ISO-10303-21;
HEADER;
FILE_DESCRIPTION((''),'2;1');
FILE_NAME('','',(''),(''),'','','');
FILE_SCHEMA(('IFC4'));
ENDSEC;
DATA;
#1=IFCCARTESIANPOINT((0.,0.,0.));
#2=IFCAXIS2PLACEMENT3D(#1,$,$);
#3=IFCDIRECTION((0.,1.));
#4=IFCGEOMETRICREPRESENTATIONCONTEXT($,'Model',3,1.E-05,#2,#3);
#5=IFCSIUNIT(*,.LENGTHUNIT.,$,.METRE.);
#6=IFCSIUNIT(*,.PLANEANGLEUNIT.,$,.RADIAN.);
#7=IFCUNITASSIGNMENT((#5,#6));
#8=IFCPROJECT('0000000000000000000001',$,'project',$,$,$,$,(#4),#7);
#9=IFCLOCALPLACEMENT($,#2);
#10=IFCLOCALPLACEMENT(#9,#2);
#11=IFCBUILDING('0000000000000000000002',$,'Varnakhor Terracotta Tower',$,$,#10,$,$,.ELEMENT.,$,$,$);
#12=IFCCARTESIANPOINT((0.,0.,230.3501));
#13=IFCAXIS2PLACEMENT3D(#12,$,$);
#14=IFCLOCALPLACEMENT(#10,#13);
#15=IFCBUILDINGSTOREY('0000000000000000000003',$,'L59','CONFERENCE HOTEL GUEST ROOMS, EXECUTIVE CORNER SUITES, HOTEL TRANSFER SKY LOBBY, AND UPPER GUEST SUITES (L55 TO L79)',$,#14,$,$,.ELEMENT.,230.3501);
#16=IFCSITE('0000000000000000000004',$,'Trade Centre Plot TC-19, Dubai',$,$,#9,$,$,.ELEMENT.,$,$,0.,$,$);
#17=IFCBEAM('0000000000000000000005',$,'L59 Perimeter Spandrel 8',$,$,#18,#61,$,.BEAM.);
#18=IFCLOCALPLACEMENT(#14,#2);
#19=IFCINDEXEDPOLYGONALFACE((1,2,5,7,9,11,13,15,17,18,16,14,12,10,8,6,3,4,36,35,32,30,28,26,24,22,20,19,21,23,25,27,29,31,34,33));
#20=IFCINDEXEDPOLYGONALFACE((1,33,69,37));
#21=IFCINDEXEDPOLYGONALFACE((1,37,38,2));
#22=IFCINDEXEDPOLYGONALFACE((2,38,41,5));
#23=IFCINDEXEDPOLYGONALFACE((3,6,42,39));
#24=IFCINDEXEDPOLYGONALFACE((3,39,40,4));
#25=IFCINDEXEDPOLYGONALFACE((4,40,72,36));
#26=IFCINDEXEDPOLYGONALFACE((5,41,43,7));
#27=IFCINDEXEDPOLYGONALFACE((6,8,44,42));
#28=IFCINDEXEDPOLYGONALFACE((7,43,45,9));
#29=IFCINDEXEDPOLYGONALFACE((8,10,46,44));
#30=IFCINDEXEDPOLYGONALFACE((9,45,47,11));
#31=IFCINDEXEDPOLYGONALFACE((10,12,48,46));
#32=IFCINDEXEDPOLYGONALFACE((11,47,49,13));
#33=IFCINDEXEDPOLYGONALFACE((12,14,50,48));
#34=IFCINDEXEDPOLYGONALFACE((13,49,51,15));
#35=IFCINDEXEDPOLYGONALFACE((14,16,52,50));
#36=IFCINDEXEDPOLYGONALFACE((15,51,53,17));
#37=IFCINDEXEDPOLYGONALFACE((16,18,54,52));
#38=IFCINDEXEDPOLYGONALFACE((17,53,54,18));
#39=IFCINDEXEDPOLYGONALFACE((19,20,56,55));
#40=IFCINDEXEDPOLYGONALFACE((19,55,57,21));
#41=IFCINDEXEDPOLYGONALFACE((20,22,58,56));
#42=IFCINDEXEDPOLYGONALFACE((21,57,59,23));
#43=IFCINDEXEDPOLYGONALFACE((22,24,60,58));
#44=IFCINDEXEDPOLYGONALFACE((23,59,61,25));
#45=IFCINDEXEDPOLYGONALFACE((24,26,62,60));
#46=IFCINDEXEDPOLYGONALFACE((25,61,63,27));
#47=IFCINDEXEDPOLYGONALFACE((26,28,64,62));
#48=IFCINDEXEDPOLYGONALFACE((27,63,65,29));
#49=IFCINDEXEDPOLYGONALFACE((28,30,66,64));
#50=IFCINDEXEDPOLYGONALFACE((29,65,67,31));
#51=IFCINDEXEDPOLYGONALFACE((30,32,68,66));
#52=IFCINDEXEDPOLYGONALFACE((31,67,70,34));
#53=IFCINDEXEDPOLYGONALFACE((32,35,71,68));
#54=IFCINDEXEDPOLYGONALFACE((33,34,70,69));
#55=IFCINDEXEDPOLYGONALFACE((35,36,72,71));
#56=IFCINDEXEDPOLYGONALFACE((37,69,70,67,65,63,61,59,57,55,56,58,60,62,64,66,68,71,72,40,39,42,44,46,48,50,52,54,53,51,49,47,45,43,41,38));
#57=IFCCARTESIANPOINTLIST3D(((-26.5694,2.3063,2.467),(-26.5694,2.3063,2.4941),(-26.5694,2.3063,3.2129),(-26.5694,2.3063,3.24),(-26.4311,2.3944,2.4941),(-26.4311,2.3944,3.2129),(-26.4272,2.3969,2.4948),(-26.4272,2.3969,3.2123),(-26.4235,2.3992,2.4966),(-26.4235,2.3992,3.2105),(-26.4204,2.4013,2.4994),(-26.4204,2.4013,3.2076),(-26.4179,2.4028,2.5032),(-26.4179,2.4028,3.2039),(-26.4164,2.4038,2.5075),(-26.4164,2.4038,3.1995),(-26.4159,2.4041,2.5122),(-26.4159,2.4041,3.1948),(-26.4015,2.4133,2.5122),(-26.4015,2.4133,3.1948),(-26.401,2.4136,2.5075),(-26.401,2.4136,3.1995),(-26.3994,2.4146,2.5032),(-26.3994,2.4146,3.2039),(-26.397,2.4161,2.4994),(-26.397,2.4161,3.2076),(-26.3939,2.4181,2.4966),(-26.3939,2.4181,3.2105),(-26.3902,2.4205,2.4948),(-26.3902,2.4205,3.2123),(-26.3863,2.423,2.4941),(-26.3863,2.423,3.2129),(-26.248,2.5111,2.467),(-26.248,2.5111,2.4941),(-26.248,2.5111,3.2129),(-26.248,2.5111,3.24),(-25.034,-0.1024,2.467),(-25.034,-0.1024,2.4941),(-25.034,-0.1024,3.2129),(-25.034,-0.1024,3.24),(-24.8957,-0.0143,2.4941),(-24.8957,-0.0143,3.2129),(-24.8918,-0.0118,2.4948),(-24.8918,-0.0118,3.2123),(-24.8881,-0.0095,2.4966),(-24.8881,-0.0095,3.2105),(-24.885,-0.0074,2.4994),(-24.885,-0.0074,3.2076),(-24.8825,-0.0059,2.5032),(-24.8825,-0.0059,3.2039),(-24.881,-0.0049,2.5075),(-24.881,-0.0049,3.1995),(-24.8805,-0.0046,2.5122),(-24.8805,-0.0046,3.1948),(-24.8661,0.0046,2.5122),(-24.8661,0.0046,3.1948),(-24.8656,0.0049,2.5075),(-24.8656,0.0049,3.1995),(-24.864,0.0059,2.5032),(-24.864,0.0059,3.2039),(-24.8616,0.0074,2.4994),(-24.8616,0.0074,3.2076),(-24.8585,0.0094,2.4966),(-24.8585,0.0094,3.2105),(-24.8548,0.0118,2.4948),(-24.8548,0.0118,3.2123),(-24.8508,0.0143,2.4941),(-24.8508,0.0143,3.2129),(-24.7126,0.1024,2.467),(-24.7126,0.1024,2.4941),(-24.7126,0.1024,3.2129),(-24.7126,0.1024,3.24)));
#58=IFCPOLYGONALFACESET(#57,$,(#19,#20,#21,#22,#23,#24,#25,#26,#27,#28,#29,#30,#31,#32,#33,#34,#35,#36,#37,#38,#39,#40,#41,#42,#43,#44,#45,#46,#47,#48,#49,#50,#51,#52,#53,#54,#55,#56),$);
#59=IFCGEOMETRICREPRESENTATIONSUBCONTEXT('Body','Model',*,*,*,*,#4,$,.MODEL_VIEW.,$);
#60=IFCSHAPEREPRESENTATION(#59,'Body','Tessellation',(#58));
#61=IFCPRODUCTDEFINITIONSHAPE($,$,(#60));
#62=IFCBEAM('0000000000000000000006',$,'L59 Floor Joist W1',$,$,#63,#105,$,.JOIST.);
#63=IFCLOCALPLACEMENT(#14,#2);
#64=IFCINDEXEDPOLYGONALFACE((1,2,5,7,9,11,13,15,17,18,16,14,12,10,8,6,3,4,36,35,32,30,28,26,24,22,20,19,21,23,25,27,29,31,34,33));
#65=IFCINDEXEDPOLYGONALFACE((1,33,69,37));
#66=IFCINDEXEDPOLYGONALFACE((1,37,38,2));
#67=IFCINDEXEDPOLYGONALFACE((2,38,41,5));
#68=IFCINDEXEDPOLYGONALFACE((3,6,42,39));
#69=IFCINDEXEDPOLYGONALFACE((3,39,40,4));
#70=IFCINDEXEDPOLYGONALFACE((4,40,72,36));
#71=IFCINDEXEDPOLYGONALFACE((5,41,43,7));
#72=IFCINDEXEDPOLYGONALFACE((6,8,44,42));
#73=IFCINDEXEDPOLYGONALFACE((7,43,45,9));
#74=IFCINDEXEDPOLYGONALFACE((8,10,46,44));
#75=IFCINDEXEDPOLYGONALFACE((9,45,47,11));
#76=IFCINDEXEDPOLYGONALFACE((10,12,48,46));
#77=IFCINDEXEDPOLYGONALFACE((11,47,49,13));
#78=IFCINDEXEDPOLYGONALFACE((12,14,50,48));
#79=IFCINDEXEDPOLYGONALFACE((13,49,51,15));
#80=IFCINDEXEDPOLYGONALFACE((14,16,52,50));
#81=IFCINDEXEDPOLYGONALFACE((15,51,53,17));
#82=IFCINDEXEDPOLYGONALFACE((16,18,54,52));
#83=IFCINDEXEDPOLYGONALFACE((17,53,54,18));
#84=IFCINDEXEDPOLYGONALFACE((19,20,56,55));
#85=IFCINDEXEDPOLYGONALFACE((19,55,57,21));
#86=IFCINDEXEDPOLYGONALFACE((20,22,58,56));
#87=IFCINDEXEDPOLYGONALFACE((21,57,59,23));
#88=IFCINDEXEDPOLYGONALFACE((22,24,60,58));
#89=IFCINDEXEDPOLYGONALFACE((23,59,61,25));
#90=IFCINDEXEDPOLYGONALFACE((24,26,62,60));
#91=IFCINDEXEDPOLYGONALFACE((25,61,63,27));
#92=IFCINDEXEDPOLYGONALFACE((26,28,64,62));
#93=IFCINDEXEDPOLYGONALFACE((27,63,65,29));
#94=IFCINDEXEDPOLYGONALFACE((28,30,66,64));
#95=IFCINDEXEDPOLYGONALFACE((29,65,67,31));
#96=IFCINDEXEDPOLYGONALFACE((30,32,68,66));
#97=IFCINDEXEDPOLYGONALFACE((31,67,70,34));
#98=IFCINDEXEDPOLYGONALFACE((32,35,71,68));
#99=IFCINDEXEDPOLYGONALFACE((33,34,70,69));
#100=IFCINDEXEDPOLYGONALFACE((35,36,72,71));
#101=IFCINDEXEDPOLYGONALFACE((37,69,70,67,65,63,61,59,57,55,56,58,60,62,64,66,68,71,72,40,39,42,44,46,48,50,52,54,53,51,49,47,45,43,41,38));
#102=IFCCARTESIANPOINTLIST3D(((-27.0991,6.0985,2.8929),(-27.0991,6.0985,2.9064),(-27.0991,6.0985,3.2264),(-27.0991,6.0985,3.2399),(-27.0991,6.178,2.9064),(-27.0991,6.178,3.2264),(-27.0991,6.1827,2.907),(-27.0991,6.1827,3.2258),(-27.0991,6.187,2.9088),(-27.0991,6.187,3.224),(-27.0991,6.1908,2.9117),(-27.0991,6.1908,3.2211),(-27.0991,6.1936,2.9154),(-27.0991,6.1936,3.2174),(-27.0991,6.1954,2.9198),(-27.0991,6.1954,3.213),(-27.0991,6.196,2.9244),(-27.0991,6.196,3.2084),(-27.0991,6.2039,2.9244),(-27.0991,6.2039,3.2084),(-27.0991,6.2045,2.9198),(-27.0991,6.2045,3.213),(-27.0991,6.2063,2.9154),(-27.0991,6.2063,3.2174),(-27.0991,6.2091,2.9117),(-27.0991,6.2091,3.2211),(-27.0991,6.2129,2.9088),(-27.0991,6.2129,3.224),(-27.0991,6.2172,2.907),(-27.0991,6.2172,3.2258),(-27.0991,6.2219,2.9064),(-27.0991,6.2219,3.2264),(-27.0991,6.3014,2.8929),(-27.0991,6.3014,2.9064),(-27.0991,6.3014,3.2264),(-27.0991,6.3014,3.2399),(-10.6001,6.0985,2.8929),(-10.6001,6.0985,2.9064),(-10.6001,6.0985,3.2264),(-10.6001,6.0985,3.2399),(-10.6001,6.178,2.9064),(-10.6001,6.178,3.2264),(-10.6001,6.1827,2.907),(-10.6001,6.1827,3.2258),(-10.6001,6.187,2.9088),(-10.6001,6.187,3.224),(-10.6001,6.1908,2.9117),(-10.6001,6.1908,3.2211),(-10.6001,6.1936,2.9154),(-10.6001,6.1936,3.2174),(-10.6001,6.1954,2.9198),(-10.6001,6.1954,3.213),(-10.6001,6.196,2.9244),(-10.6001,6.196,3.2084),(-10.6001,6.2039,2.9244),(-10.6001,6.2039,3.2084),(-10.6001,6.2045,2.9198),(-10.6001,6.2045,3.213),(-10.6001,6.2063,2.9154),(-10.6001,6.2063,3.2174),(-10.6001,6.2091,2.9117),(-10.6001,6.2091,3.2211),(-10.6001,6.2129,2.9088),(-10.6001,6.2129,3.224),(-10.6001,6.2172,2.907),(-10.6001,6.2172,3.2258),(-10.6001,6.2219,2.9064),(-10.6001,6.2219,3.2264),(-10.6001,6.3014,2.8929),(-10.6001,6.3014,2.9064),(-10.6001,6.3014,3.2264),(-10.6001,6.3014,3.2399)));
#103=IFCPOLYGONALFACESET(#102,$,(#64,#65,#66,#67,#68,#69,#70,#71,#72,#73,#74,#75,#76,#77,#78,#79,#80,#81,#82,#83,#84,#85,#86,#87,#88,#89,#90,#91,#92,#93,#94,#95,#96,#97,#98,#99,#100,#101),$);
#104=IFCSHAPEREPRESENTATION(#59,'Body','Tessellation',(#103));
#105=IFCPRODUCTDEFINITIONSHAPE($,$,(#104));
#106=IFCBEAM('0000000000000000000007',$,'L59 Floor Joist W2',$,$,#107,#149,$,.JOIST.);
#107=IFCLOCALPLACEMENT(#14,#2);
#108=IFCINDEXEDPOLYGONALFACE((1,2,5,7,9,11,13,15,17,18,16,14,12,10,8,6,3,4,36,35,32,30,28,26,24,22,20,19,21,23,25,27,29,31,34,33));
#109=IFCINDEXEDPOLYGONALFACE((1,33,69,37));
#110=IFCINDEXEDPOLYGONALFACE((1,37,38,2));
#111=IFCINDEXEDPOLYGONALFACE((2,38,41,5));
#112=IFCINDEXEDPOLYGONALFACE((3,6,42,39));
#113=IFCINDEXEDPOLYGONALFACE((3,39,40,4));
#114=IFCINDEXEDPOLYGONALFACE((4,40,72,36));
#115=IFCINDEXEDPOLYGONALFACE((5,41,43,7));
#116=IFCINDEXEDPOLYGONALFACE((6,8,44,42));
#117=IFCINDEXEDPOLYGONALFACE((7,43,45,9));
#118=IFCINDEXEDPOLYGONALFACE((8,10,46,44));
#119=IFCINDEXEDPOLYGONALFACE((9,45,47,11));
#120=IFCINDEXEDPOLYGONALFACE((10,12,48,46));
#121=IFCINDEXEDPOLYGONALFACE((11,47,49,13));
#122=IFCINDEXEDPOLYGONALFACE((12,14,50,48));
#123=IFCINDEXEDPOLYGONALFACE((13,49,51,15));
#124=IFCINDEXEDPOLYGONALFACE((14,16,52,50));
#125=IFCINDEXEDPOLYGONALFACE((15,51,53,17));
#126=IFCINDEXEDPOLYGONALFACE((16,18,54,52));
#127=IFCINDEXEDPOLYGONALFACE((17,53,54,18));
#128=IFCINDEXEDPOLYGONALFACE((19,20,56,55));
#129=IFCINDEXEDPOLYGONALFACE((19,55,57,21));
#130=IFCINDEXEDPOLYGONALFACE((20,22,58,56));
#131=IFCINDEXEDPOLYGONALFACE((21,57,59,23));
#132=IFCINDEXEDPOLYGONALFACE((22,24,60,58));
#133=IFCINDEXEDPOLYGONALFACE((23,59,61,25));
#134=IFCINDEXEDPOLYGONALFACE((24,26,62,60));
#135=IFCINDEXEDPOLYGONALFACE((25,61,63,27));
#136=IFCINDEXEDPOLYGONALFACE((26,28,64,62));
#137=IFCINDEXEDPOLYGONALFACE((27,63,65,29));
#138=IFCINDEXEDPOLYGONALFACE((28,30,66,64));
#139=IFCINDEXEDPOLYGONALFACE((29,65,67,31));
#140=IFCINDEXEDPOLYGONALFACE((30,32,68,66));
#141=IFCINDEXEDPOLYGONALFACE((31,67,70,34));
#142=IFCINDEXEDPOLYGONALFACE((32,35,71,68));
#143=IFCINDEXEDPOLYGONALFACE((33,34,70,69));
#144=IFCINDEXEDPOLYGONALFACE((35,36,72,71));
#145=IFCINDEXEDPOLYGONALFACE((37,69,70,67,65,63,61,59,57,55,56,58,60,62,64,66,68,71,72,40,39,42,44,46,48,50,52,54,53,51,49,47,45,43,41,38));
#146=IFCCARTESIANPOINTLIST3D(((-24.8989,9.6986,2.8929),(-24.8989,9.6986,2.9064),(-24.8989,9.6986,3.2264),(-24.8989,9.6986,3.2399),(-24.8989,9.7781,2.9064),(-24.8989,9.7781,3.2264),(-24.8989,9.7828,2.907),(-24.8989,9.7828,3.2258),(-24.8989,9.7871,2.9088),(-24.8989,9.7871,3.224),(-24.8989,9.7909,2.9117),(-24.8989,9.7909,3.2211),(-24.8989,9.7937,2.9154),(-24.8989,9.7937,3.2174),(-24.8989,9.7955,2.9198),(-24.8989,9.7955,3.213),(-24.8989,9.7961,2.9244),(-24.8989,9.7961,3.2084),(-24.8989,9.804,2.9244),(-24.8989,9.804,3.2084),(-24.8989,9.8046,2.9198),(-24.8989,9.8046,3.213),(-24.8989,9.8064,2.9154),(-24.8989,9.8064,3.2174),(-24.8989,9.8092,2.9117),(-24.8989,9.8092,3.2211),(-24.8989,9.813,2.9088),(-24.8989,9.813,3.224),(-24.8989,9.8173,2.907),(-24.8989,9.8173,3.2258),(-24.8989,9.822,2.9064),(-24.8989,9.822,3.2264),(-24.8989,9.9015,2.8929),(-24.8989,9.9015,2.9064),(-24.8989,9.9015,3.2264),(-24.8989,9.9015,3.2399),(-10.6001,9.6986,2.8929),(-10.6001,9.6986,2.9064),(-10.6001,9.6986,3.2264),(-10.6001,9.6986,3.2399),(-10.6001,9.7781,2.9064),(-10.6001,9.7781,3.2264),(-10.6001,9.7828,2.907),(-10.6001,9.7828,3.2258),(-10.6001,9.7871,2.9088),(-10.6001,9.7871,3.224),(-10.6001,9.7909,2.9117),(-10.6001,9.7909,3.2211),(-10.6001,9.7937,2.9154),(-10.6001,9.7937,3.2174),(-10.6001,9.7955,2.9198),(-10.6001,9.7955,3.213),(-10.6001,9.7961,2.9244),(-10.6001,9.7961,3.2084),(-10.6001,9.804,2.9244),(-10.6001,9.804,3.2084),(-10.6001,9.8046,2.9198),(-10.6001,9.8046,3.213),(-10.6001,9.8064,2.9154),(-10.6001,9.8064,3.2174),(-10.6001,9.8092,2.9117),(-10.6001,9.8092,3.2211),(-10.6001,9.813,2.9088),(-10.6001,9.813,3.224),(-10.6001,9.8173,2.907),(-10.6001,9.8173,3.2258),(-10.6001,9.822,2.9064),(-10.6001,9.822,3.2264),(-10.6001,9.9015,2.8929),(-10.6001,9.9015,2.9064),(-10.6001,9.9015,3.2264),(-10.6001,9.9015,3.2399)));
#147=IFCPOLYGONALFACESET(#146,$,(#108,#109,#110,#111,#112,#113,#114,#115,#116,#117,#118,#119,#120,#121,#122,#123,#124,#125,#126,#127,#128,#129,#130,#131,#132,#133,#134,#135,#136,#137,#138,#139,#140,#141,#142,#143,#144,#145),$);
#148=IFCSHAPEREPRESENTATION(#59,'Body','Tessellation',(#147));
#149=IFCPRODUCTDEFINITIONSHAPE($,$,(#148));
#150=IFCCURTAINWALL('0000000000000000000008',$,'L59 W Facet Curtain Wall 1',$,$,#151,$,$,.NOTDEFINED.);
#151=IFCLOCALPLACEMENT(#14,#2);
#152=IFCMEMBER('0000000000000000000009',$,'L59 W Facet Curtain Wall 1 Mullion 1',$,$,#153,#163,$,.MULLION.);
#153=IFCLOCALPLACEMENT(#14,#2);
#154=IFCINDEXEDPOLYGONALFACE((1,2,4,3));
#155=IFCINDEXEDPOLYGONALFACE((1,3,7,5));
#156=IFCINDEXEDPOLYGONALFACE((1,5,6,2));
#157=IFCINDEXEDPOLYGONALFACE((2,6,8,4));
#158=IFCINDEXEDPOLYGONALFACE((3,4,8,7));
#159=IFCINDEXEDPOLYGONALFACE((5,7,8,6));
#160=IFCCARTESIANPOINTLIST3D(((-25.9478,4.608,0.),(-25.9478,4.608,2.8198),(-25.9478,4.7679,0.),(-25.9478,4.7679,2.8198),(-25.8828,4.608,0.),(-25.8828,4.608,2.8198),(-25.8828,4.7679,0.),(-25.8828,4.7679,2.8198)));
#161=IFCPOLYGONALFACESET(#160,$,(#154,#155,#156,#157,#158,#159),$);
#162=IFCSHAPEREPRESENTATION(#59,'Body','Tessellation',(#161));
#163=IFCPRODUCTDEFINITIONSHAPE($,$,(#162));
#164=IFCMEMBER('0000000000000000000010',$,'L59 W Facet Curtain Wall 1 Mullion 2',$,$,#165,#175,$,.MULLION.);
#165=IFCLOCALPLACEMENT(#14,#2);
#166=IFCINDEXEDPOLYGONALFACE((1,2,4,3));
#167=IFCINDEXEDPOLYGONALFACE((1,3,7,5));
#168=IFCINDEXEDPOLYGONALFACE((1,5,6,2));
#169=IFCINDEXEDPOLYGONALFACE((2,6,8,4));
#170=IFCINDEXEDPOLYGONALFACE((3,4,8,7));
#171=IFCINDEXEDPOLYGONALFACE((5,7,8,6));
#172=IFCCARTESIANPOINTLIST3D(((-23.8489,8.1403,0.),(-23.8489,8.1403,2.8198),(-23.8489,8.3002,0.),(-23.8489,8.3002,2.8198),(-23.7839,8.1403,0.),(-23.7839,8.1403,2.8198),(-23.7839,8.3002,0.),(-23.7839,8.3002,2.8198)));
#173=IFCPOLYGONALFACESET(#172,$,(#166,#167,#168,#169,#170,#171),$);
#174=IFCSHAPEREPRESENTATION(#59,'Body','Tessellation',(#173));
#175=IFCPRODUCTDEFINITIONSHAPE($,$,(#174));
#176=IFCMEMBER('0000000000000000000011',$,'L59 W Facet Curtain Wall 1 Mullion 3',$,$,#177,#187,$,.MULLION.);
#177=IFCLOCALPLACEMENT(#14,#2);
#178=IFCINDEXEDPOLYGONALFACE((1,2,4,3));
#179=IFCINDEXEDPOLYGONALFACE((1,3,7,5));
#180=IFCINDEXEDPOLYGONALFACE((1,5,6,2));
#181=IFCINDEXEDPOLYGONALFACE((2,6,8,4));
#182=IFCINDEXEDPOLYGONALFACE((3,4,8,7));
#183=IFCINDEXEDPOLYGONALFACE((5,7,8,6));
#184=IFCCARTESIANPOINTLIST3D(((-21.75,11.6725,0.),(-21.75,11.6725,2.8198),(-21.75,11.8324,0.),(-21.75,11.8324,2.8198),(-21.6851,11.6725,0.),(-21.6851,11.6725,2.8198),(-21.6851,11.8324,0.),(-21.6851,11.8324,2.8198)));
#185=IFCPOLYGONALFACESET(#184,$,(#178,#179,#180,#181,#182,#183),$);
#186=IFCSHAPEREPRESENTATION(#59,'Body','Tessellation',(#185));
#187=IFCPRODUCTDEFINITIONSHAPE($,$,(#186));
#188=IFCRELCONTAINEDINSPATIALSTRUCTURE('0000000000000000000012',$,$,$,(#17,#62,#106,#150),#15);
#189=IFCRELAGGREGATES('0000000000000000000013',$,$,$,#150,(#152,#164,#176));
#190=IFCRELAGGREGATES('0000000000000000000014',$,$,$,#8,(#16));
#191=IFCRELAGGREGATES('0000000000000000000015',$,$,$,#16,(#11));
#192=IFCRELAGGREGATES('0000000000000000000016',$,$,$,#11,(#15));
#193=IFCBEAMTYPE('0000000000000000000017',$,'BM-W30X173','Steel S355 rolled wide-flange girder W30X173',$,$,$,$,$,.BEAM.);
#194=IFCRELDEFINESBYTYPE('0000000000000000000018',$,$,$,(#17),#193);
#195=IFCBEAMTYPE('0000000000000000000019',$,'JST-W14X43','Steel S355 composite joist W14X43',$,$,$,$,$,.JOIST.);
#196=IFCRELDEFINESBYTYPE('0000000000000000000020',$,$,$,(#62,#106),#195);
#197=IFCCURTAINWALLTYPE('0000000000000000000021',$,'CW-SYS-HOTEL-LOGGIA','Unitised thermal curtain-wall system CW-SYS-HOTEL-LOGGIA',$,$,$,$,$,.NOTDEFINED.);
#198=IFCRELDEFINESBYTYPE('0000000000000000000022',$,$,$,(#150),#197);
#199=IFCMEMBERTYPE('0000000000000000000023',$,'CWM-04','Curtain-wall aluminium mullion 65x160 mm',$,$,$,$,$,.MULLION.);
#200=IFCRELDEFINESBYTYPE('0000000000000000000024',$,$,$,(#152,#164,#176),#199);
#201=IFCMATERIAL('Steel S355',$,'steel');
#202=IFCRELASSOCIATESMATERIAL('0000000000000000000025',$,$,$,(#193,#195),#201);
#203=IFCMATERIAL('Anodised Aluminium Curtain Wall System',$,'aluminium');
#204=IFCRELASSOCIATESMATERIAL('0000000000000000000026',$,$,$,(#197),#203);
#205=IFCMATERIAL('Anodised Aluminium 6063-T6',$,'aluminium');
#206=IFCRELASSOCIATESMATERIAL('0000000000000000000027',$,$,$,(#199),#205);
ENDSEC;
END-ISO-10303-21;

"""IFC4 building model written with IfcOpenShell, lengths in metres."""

from ifc_helpers import new_model, si_unit, direction, frame, origin, origin_2d, place, context, subcontext, project, spatial, rectangle, i_section, extrude, source, transform, mapped, material, material_profile, profile_set, type_object, element, aggregate, save


model = new_model("IFC4")

# Units and contexts
model_context = context("Model", 3, precision=1e-05, world=origin(), true_north=direction((0.0, 1.0)))
body_context = subcontext(model_context, "Body", "Model", "MODEL_VIEW")
ifc_project = project(units=[si_unit("LENGTHUNIT", "METRE"), si_unit("PLANEANGLEUNIT", "RADIAN")], contexts=[model_context])

# Site, building, storey
site_placement = place(None, origin())
site = spatial("IfcSite", under=ifc_project, at=site_placement, Name="Trade Centre Plot TC-19, Dubai", CompositionType="ELEMENT", RefElevation=0.0)
building_placement = place(site_placement, origin())
building = spatial("IfcBuilding", under=site, at=building_placement, Name="Varnakhor Terracotta Tower", CompositionType="ELEMENT")
storey_placement = place(building_placement, frame((0.0, 0.0, 230.3501)))
storey = spatial("IfcBuildingStorey", under=building, at=storey_placement, Name="L59", Description="CONFERENCE HOTEL GUEST ROOMS, EXECUTIVE CORNER SUITES, HOTEL TRANSFER SKY LOBBY, AND UPPER GUEST SUITES (L55 TO L79)", CompositionType="ELEMENT", Elevation=230.3501)

# Beams
ifc_material_1 = material(Name="Steel S355", Category="steel")
ifc_material_profile_1 = material_profile(ifc_material_1, i_section(OverallWidth=0.3811, OverallDepth=0.7729, WebThickness=0.0171, FlangeThickness=0.0271, FilletRadius=0.0181, at=origin_2d()), Name="W30X173")
ifc_profile_set_1 = profile_set([ifc_material_profile_1], Name="Steel S355")
beam_type_1 = type_object("IfcBeamType", Name="BM-W30X173", Description="Steel S355 rolled wide-flange girder W30X173", PredefinedType="BEAM", material=ifc_profile_set_1)
shared_shape_1 = source(origin(), body_context, "Body", "SweptSolid", [
    extrude(i_section(OverallWidth=0.3811, OverallDepth=0.7729, WebThickness=0.0171, FlangeThickness=0.0271, FilletRadius=0.0181, at=origin_2d()), origin(), (0.0, 0.0, 1.0), 2.8564),
])
beam_1_placement = place(storey_placement, frame((-26.4087, 2.4087, 2.8535), z_axis=(0.537522, -0.843249, 0.0), x_axis=(0.843249, 0.537522, 0.0)))
element("IfcBeam", 1, at=beam_1_placement, inside=storey, type_object=beam_type_1, Name="L59 Perimeter Spandrel 8", PredefinedType="BEAM", context=body_context, shape_type="MappedRepresentation", body=[
    mapped(shared_shape_1, transform((0.0, 0.0, 0.0), scale=1.0)),
])
ifc_material_profile_2 = material_profile(ifc_material_1, i_section(OverallWidth=0.2029, OverallDepth=0.3469, WebThickness=0.0078, FlangeThickness=0.0134, FilletRadius=0.0181, at=origin_2d()), Name="W14X43")
ifc_profile_set_2 = profile_set([ifc_material_profile_2], Name="Steel S355")
beam_type_2 = type_object("IfcBeamType", Name="JST-W14X43", Description="Steel S355 composite joist W14X43", PredefinedType="JOIST", material=ifc_profile_set_2)
shared_shape_2 = source(origin(), body_context, "Body", "SweptSolid", [
    extrude(i_section(OverallWidth=0.2029, OverallDepth=0.3469, WebThickness=0.0078, FlangeThickness=0.0134, FilletRadius=0.0181, at=origin_2d()), origin(), (0.0, 0.0, 1.0), 16.499),
])
beam_2_placement = place(storey_placement, frame((-27.0991, 6.2, 3.0664), z_axis=(1.0, 0.0, 0.0), x_axis=(0.0, 1.0, 0.0)))
element("IfcBeam", 2, at=beam_2_placement, inside=storey, type_object=beam_type_2, Name="L59 Floor Joist W1", PredefinedType="JOIST", context=body_context, shape_type="MappedRepresentation", body=[
    mapped(shared_shape_2, transform((0.0, 0.0, 0.0), scale=1.0)),
])
shared_shape_3 = source(origin(), body_context, "Body", "SweptSolid", [
    extrude(i_section(OverallWidth=0.2029, OverallDepth=0.3469, WebThickness=0.0078, FlangeThickness=0.0134, FilletRadius=0.0181, at=origin_2d()), origin(), (0.0, 0.0, 1.0), 14.2988),
])
beam_3_placement = place(storey_placement, frame((-24.8989, 9.8, 3.0664), z_axis=(1.0, 0.0, 0.0), x_axis=(0.0, 1.0, 0.0)))
element("IfcBeam", 3, at=beam_3_placement, inside=storey, type_object=beam_type_2, Name="L59 Floor Joist W2", PredefinedType="JOIST", context=body_context, shape_type="MappedRepresentation", body=[
    mapped(shared_shape_3, transform((0.0, 0.0, 0.0), scale=1.0)),
])

# Curtain wall, members
ifc_material_2 = material(Name="Anodised Aluminium Curtain Wall System", Category="aluminium")
curtain_wall_type = type_object("IfcCurtainWallType", Name="CW-SYS-HOTEL-LOGGIA", Description="Unitised thermal curtain-wall system CW-SYS-HOTEL-LOGGIA", PredefinedType="NOTDEFINED", material=ifc_material_2)
curtain_wall_1_placement = place(storey_placement, origin())
curtain_wall_1 = element("IfcCurtainWall", 4, at=curtain_wall_1_placement, inside=storey, type_object=curtain_wall_type, Name="L59 W Facet Curtain Wall 1", PredefinedType="NOTDEFINED")
ifc_material_3 = material(Name="Anodised Aluminium 6063-T6", Category="aluminium")
ifc_material_profile_3 = material_profile(ifc_material_3, rectangle(XDim=0.0649, YDim=0.1599, at=origin_2d()), Name="ALU MULLION 65x160")
ifc_profile_set_3 = profile_set([ifc_material_profile_3], Name="Anodised Aluminium 6063-T6")
member_type_1 = type_object("IfcMemberType", Name="CWM-04", Description="Curtain-wall aluminium mullion 65x160 mm", PredefinedType="MULLION", material=ifc_profile_set_3)
shared_shape_4 = source(origin(), body_context, "Body", "SweptSolid", [
    extrude(rectangle(XDim=0.0649, YDim=0.1599, at=origin_2d()), origin(), (0.0, 0.0, 1.0), 2.8198),
])
member_1_placement = place(storey_placement, frame((-25.9153, 4.688, 0.0), z_axis=(0.0, 0.0, 1.0), x_axis=(1.0, 0.0, 0.0)))
member_1 = element("IfcMember", 5, at=member_1_placement, type_object=member_type_1, Name="L59 W Facet Curtain Wall 1 Mullion 1", PredefinedType="MULLION", context=body_context, shape_type="MappedRepresentation", body=[
    mapped(shared_shape_4, transform((0.0, 0.0, 0.0), scale=1.0)),
])
member_2_placement = place(storey_placement, frame((-23.8164, 8.2202, 0.0), z_axis=(0.0, 0.0, 1.0), x_axis=(1.0, 0.0, 0.0)))
member_2 = element("IfcMember", 6, at=member_2_placement, type_object=member_type_1, Name="L59 W Facet Curtain Wall 1 Mullion 2", PredefinedType="MULLION", context=body_context, shape_type="MappedRepresentation", body=[
    mapped(shared_shape_4, transform((0.0, 0.0, 0.0), scale=1.0)),
])
member_3_placement = place(storey_placement, frame((-21.7175, 11.7524, 0.0), z_axis=(0.0, 0.0, 1.0), x_axis=(1.0, 0.0, 0.0)))
member_3 = element("IfcMember", 7, at=member_3_placement, type_object=member_type_1, Name="L59 W Facet Curtain Wall 1 Mullion 3", PredefinedType="MULLION", context=body_context, shape_type="MappedRepresentation", body=[
    mapped(shared_shape_4, transform((0.0, 0.0, 0.0), scale=1.0)),
])

aggregate(curtain_wall_1, [member_1, member_2, member_3])

save(model, "model.ifc")
